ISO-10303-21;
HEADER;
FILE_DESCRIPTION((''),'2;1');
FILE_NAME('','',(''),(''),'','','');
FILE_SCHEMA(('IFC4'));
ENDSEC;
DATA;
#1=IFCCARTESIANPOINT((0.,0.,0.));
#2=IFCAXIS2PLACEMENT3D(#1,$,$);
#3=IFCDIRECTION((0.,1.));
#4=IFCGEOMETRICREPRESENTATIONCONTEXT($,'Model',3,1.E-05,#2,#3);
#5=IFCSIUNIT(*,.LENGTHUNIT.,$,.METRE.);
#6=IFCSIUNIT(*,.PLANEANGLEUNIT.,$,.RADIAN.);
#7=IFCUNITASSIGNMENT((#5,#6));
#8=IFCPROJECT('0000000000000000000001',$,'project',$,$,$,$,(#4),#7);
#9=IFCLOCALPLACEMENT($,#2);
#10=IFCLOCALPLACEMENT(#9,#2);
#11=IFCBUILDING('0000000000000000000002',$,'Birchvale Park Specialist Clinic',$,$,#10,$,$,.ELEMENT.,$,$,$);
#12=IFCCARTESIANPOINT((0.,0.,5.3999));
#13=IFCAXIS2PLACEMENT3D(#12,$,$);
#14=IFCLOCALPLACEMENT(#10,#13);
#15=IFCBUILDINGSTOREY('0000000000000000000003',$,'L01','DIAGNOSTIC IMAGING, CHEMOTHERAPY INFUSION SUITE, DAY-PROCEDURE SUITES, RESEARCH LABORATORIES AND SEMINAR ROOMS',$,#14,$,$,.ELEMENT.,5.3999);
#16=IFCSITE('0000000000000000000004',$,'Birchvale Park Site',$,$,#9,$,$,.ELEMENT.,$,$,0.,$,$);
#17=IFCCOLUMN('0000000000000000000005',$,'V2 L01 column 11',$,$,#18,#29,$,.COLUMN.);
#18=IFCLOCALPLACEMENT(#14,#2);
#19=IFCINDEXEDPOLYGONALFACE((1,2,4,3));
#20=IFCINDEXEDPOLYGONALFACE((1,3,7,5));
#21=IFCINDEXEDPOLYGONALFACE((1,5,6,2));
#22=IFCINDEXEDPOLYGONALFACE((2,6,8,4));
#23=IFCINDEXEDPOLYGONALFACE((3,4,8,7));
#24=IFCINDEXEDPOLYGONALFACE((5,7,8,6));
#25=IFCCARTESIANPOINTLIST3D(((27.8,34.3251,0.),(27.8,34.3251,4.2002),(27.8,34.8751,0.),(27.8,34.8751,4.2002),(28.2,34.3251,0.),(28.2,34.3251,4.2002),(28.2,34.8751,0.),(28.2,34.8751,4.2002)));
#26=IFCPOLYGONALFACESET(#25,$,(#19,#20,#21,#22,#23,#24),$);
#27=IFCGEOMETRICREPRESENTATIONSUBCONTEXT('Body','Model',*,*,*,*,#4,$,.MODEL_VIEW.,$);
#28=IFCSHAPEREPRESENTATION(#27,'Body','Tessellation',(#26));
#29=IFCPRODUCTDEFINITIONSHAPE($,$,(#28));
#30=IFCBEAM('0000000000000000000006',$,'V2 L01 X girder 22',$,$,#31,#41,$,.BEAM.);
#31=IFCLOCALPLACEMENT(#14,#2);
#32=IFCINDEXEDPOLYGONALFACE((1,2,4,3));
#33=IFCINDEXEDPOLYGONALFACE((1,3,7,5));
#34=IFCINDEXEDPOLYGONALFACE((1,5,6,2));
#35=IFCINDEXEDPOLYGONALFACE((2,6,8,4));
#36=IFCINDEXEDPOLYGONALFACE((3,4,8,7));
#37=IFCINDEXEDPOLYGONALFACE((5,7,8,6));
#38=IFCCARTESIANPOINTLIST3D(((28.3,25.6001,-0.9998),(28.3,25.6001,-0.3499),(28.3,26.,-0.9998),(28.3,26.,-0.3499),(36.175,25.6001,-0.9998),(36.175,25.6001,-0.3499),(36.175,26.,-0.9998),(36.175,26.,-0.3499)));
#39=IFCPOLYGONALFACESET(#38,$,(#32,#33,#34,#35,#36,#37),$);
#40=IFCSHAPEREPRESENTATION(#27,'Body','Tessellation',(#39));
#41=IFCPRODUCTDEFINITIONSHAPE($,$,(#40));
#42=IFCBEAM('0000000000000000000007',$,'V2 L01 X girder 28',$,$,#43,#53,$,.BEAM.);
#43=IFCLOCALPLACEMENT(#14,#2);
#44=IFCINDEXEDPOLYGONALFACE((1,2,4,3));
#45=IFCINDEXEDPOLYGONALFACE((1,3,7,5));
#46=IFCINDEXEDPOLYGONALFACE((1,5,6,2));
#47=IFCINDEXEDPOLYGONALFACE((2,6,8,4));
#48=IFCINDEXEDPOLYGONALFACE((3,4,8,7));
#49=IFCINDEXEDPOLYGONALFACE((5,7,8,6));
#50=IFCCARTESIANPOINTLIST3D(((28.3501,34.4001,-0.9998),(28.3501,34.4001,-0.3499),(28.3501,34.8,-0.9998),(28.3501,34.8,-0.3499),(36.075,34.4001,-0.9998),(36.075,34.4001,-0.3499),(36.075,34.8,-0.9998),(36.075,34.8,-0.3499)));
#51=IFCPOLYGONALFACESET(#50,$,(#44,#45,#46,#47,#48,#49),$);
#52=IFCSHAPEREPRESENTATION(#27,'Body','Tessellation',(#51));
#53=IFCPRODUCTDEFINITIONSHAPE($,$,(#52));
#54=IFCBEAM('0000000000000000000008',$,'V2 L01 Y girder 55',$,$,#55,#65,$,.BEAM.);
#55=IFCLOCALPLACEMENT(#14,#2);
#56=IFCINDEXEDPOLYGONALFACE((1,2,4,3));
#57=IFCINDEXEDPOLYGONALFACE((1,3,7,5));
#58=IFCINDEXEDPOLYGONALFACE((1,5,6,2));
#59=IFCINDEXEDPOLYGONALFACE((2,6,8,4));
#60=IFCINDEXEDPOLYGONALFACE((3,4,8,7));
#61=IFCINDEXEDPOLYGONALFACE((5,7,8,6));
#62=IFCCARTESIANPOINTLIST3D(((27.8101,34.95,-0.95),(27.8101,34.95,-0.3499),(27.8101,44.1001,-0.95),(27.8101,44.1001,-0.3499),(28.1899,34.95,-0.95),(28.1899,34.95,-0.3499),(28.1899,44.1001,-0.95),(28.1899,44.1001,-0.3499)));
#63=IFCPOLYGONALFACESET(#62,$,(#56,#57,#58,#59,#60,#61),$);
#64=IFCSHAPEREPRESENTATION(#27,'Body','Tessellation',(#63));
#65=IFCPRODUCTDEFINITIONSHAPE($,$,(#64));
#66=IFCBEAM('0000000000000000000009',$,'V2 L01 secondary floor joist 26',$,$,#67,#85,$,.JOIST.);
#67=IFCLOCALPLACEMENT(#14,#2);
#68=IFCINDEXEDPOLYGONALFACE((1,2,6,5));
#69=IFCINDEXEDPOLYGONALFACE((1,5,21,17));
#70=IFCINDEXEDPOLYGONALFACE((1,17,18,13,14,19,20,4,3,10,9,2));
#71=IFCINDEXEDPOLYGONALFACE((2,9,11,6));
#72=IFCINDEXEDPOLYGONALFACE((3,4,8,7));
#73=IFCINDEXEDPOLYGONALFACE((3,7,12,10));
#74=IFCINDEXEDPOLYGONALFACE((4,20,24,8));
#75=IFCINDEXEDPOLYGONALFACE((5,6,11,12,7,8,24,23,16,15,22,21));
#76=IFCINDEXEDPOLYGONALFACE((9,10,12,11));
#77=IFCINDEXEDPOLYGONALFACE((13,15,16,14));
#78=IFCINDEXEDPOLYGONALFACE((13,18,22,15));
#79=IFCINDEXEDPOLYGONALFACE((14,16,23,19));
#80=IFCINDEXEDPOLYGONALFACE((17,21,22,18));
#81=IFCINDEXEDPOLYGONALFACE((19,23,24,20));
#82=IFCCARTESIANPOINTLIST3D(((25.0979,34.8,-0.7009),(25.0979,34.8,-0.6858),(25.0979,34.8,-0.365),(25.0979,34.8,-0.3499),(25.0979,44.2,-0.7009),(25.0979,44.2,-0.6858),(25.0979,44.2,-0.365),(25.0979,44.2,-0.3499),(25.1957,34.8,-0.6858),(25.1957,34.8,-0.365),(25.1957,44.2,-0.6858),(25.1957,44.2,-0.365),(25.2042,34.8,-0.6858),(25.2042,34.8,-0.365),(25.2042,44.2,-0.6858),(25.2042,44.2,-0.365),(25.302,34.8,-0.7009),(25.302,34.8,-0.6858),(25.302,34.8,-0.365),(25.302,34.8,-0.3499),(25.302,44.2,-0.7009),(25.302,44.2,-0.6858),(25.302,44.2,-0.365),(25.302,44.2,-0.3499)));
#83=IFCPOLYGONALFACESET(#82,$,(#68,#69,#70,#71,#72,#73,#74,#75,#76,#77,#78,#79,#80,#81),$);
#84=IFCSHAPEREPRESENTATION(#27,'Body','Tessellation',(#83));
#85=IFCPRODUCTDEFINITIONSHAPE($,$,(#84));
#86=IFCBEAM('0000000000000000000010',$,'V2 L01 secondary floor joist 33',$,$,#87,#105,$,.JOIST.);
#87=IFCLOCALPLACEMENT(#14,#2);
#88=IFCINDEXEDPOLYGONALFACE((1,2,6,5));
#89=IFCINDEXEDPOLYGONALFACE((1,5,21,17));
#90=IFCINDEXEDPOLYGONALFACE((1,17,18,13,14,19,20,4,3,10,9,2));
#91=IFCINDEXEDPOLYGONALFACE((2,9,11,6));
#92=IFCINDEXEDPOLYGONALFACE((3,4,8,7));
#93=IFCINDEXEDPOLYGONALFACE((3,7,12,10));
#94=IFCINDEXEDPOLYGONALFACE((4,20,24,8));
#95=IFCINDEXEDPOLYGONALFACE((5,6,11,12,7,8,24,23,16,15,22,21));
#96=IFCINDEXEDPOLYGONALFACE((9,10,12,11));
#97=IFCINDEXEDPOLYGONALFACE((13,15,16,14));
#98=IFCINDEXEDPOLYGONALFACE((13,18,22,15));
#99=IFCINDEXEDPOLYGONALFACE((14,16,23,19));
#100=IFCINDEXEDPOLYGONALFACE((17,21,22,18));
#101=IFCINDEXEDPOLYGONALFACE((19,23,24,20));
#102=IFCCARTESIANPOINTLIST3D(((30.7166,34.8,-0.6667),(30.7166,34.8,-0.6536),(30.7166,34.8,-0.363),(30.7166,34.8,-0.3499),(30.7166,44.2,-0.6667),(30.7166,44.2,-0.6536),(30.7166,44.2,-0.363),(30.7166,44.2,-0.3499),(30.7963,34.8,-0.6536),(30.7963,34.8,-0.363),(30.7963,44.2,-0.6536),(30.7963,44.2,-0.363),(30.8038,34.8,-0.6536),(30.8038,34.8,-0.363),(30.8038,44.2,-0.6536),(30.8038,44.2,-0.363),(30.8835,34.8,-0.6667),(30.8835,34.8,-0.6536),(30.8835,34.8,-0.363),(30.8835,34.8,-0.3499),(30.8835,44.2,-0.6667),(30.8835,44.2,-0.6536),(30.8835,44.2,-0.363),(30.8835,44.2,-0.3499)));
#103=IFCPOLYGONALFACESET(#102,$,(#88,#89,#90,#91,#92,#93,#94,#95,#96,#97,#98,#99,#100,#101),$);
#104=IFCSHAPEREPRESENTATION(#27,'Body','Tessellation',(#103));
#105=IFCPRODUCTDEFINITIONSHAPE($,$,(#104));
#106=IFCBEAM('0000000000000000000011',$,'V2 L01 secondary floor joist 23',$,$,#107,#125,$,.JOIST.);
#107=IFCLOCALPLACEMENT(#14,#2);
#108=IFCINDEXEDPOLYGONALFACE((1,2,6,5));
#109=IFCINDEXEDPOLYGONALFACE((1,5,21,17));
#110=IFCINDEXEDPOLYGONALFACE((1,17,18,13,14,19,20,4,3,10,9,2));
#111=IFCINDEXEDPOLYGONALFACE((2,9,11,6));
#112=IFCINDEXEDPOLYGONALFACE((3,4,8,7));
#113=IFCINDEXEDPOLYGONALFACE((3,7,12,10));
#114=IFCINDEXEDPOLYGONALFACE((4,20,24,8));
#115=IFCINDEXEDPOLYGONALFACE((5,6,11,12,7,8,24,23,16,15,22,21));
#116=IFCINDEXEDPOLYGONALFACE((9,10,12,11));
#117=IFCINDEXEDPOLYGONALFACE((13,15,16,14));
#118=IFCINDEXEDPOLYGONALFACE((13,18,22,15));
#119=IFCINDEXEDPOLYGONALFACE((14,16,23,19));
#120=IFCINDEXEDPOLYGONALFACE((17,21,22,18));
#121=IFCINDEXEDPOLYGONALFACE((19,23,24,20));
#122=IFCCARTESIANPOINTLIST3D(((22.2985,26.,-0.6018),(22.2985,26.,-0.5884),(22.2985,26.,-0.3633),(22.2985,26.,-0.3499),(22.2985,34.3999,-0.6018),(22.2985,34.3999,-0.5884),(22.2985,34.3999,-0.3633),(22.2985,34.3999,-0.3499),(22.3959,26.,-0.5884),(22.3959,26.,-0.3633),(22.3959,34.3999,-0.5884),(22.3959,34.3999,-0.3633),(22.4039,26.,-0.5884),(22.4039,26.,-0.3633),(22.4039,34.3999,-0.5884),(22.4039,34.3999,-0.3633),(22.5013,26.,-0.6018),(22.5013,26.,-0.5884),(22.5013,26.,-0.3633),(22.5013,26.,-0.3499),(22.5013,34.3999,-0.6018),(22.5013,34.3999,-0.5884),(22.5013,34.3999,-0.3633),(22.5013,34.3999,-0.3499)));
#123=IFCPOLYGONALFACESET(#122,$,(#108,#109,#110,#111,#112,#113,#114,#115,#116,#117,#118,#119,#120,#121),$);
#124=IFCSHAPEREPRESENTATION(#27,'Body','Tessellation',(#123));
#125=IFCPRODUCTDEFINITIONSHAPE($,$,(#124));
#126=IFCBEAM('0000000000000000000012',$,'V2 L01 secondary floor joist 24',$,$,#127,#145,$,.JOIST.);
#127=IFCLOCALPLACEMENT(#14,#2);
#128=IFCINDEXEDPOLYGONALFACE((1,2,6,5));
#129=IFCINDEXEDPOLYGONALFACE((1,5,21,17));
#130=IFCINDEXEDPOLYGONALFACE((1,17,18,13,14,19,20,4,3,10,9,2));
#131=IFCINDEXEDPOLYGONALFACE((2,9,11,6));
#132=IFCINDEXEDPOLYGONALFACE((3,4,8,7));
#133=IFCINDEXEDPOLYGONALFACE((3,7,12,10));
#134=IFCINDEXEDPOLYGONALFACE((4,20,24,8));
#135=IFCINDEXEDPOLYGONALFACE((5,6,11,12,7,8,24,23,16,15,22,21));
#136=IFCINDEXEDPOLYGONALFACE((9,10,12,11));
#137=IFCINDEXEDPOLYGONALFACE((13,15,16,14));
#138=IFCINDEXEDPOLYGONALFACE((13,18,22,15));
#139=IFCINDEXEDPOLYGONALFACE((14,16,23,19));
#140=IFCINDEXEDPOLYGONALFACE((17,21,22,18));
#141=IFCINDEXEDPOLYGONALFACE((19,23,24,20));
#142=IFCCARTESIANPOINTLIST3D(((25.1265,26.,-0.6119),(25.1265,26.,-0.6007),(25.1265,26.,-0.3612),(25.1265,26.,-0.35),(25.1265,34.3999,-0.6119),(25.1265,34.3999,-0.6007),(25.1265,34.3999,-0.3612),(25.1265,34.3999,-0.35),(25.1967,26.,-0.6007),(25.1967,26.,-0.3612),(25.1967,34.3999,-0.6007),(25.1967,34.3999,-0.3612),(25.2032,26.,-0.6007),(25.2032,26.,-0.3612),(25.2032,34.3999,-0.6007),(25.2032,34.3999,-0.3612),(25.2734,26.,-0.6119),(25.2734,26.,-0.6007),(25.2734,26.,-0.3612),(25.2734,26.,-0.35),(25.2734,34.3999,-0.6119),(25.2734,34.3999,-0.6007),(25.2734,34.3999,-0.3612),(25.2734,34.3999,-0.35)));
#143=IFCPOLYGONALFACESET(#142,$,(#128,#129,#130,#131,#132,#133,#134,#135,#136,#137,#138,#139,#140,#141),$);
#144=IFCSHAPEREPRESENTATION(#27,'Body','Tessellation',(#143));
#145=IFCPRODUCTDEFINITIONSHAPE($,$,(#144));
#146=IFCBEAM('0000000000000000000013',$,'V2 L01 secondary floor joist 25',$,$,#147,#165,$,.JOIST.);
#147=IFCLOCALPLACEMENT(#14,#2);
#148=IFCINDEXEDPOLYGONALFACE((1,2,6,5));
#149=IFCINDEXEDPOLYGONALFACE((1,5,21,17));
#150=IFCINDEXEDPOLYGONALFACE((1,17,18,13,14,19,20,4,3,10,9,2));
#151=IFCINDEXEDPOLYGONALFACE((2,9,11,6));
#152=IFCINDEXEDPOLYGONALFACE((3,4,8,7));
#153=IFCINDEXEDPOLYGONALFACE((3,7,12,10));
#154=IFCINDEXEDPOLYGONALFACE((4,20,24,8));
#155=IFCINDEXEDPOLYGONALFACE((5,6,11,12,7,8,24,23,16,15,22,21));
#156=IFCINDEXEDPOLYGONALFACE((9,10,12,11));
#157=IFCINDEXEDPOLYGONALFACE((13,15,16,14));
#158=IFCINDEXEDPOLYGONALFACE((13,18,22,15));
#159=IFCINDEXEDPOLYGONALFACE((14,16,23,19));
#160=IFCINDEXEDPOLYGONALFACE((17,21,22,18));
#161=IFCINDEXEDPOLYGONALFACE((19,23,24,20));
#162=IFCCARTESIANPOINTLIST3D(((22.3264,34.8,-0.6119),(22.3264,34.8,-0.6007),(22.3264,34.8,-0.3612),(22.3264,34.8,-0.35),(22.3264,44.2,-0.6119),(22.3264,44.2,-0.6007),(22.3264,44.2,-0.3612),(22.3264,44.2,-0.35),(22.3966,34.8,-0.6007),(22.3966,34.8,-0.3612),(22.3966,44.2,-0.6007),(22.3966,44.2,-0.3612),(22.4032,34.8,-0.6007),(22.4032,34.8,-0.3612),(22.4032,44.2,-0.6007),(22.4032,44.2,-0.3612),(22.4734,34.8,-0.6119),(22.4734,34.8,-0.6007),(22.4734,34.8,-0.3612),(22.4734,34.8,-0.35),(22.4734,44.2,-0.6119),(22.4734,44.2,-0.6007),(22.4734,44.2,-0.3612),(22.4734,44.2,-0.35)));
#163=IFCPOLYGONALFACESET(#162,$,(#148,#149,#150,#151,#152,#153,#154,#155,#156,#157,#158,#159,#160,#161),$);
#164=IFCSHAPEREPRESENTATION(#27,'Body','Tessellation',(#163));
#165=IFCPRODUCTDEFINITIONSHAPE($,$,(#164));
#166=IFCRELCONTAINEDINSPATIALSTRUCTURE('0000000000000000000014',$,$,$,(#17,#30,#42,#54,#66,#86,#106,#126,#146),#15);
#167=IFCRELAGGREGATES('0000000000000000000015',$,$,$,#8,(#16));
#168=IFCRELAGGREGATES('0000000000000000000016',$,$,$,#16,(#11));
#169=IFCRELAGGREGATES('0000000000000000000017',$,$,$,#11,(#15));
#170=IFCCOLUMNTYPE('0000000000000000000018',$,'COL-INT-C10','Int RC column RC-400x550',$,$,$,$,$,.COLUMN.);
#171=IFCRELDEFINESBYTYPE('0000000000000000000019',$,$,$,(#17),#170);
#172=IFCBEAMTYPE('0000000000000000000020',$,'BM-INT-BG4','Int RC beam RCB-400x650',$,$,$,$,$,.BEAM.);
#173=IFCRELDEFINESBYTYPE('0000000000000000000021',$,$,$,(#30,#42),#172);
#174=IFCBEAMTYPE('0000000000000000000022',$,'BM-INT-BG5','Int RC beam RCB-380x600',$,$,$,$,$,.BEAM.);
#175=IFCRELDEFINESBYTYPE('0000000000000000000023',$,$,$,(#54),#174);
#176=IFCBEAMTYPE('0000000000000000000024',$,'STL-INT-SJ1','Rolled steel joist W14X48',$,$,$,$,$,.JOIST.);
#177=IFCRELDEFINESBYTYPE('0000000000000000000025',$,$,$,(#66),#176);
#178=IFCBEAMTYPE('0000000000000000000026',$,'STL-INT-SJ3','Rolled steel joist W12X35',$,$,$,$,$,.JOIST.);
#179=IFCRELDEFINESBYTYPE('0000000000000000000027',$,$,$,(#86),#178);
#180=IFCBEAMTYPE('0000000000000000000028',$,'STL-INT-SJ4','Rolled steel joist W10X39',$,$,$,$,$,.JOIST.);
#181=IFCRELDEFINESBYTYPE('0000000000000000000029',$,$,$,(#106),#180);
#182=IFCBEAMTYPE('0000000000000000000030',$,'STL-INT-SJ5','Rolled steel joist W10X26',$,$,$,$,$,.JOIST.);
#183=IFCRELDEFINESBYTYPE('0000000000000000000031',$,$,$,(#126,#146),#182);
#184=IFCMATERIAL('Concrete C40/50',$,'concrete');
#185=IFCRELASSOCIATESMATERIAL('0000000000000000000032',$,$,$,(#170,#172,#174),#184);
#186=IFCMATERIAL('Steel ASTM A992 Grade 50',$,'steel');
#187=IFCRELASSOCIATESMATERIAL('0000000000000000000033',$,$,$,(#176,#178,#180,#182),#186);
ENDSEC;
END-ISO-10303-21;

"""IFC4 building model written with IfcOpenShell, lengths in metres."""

from ifc_helpers import new_model, si_unit, direction, frame, origin, origin_2d, place, context, subcontext, project, spatial, rectangle, i_section, extrude, material, material_profile, profile_set, type_object, element, save


model = new_model("IFC4")

# Units and contexts
model_context = context("Model", 3, precision=1e-05, world=origin(), true_north=direction((0.0, 1.0)))
body_context = subcontext(model_context, "Body", "Model", "MODEL_VIEW")
ifc_project = project(units=[si_unit("LENGTHUNIT", "METRE"), si_unit("PLANEANGLEUNIT", "RADIAN")], contexts=[model_context])

# Site, building, storey
site_placement = place(None, origin())
site = spatial("IfcSite", under=ifc_project, at=site_placement, Name="Birchvale Park Site", CompositionType="ELEMENT", RefElevation=0.0)
building_placement = place(site_placement, origin())
building = spatial("IfcBuilding", under=site, at=building_placement, Name="Birchvale Park Specialist Clinic", CompositionType="ELEMENT")
storey_placement = place(building_placement, frame((0.0, 0.0, 5.3999)))
storey = spatial("IfcBuildingStorey", under=building, at=storey_placement, Name="L01", Description="DIAGNOSTIC IMAGING, CHEMOTHERAPY INFUSION SUITE, DAY-PROCEDURE SUITES, RESEARCH LABORATORIES AND SEMINAR ROOMS", CompositionType="ELEMENT", Elevation=5.3999)

# Column
ifc_material_1 = material(Name="Concrete C40/50", Category="concrete")
ifc_material_profile_1 = material_profile(ifc_material_1, rectangle(XDim=0.3999, YDim=0.55, at=origin_2d()), Name="RC-400x550")
ifc_profile_set_1 = profile_set([ifc_material_profile_1], Name="Concrete C40/50")
column_type = type_object("IfcColumnType", Name="COL-INT-C10", Description="Int RC column RC-400x550", PredefinedType="COLUMN", material=ifc_profile_set_1)
column_placement = place(storey_placement, frame((28.0, 34.6001, 0.0), z_axis=(0.0, 0.0, 1.0), x_axis=(1.0, 0.0, 0.0)))
element("IfcColumn", 1, at=column_placement, inside=storey, type_object=column_type, Name="V2 L01 column 11", PredefinedType="COLUMN", context=body_context, shape_type="SweptSolid", body=[
    extrude(rectangle(XDim=0.3999, YDim=0.55, at=origin_2d()), origin(), (0.0, 0.0, 1.0), 4.2002),
])

# Beams
ifc_material_profile_2 = material_profile(ifc_material_1, rectangle(XDim=0.3999, YDim=0.6499, at=origin_2d()), Name="RCB-400x650")
ifc_profile_set_2 = profile_set([ifc_material_profile_2], Name="Concrete C40/50")
beam_type_1 = type_object("IfcBeamType", Name="BM-INT-BG4", Description="Int RC beam RCB-400x650", PredefinedType="BEAM", material=ifc_profile_set_2)
beam_1_placement = place(storey_placement, frame((28.3, 25.8, -0.6748), z_axis=(1.0, 0.0, 0.0), x_axis=(0.0, 1.0, 0.0)))
element("IfcBeam", 2, at=beam_1_placement, inside=storey, type_object=beam_type_1, Name="V2 L01 X girder 22", PredefinedType="BEAM", context=body_context, shape_type="SweptSolid", body=[
    extrude(rectangle(XDim=0.3999, YDim=0.6499, at=origin_2d()), origin(), (0.0, 0.0, 1.0), 7.875),
])
beam_2_placement = place(storey_placement, frame((28.3501, 34.6001, -0.6748), z_axis=(1.0, 0.0, 0.0), x_axis=(0.0, 1.0, 0.0)))
element("IfcBeam", 3, at=beam_2_placement, inside=storey, type_object=beam_type_1, Name="V2 L01 X girder 28", PredefinedType="BEAM", context=body_context, shape_type="SweptSolid", body=[
    extrude(rectangle(XDim=0.3999, YDim=0.6499, at=origin_2d()), origin(), (0.0, 0.0, 1.0), 7.7249),
])
ifc_material_profile_3 = material_profile(ifc_material_1, rectangle(XDim=0.3799, YDim=0.6001, at=origin_2d()), Name="RCB-380x600")
ifc_profile_set_3 = profile_set([ifc_material_profile_3], Name="Concrete C40/50")
beam_type_2 = type_object("IfcBeamType", Name="BM-INT-BG5", Description="Int RC beam RCB-380x600", PredefinedType="BEAM", material=ifc_profile_set_3)
beam_3_placement = place(storey_placement, frame((28.0, 34.95, -0.6499), z_axis=(0.0, 1.0, 0.0), x_axis=(-1.0, 0.0, 0.0)))
element("IfcBeam", 4, at=beam_3_placement, inside=storey, type_object=beam_type_2, Name="V2 L01 Y girder 55", PredefinedType="BEAM", context=body_context, shape_type="SweptSolid", body=[
    extrude(rectangle(XDim=0.3799, YDim=0.6001, at=origin_2d()), origin(), (0.0, 0.0, 1.0), 9.1501),
])
ifc_material_2 = material(Name="Steel ASTM A992 Grade 50", Category="steel")
ifc_material_profile_4 = material_profile(ifc_material_2, i_section(OverallWidth=0.2041, OverallDepth=0.3511, WebThickness=0.0085, FlangeThickness=0.0151, at=origin_2d()), Name="W14X48")
ifc_profile_set_4 = profile_set([ifc_material_profile_4], Name="Steel ASTM A992 Grade 50")
beam_type_3 = type_object("IfcBeamType", Name="STL-INT-SJ1", Description="Rolled steel joist W14X48", PredefinedType="JOIST", material=ifc_profile_set_4)
beam_4_placement = place(storey_placement, frame((25.2, 34.8, -0.5254), z_axis=(0.0, 1.0, 0.0), x_axis=(-1.0, 0.0, 0.0)))
element("IfcBeam", 5, at=beam_4_placement, inside=storey, type_object=beam_type_3, Name="V2 L01 secondary floor joist 26", PredefinedType="JOIST", context=body_context, shape_type="SweptSolid", body=[
    extrude(i_section(OverallWidth=0.2041, OverallDepth=0.3511, WebThickness=0.0085, FlangeThickness=0.0151, at=origin_2d()), origin(), (0.0, 0.0, 1.0), 9.3999),
])
ifc_material_profile_5 = material_profile(ifc_material_2, i_section(OverallWidth=0.167, OverallDepth=0.3169, WebThickness=0.0076, FlangeThickness=0.0132, at=origin_2d()), Name="W12X35")
ifc_profile_set_5 = profile_set([ifc_material_profile_5], Name="Steel ASTM A992 Grade 50")
beam_type_4 = type_object("IfcBeamType", Name="STL-INT-SJ3", Description="Rolled steel joist W12X35", PredefinedType="JOIST", material=ifc_profile_set_5)
beam_5_placement = place(storey_placement, frame((30.8, 34.8, -0.5083), z_axis=(0.0, 1.0, 0.0), x_axis=(-1.0, 0.0, 0.0)))
element("IfcBeam", 6, at=beam_5_placement, inside=storey, type_object=beam_type_4, Name="V2 L01 secondary floor joist 33", PredefinedType="JOIST", context=body_context, shape_type="SweptSolid", body=[
    extrude(i_section(OverallWidth=0.167, OverallDepth=0.3169, WebThickness=0.0076, FlangeThickness=0.0132, at=origin_2d()), origin(), (0.0, 0.0, 1.0), 9.3999),
])
ifc_material_profile_6 = material_profile(ifc_material_2, i_section(OverallWidth=0.2029, OverallDepth=0.252, WebThickness=0.0081, FlangeThickness=0.0134, at=origin_2d()), Name="W10X39")
ifc_profile_set_6 = profile_set([ifc_material_profile_6], Name="Steel ASTM A992 Grade 50")
beam_type_5 = type_object("IfcBeamType", Name="STL-INT-SJ4", Description="Rolled steel joist W10X39", PredefinedType="JOIST", material=ifc_profile_set_6)
beam_6_placement = place(storey_placement, frame((22.3999, 26.0, -0.4758), z_axis=(0.0, 1.0, 0.0), x_axis=(-1.0, 0.0, 0.0)))
element("IfcBeam", 7, at=beam_6_placement, inside=storey, type_object=beam_type_5, Name="V2 L01 secondary floor joist 23", PredefinedType="JOIST", context=body_context, shape_type="SweptSolid", body=[
    extrude(i_section(OverallWidth=0.2029, OverallDepth=0.252, WebThickness=0.0081, FlangeThickness=0.0134, at=origin_2d()), origin(), (0.0, 0.0, 1.0), 8.3999),
])
ifc_material_profile_7 = material_profile(ifc_material_2, i_section(OverallWidth=0.147, OverallDepth=0.262, WebThickness=0.0066, FlangeThickness=0.0112, at=origin_2d()), Name="W10X26")
ifc_profile_set_7 = profile_set([ifc_material_profile_7], Name="Steel ASTM A992 Grade 50")
beam_type_6 = type_object("IfcBeamType", Name="STL-INT-SJ5", Description="Rolled steel joist W10X26", PredefinedType="JOIST", material=ifc_profile_set_7)
beam_7_placement = place(storey_placement, frame((25.2, 26.0, -0.481), z_axis=(0.0, 1.0, 0.0), x_axis=(-1.0, 0.0, 0.0)))
element("IfcBeam", 8, at=beam_7_placement, inside=storey, type_object=beam_type_6, Name="V2 L01 secondary floor joist 24", PredefinedType="JOIST", context=body_context, shape_type="SweptSolid", body=[
    extrude(i_section(OverallWidth=0.147, OverallDepth=0.262, WebThickness=0.0066, FlangeThickness=0.0112, at=origin_2d()), origin(), (0.0, 0.0, 1.0), 8.3999),
])
beam_8_placement = place(storey_placement, frame((22.3999, 34.8, -0.481), z_axis=(0.0, 1.0, 0.0), x_axis=(-1.0, 0.0, 0.0)))
element("IfcBeam", 9, at=beam_8_placement, inside=storey, type_object=beam_type_6, Name="V2 L01 secondary floor joist 25", PredefinedType="JOIST", context=body_context, shape_type="SweptSolid", body=[
    extrude(i_section(OverallWidth=0.147, OverallDepth=0.262, WebThickness=0.0066, FlangeThickness=0.0112, at=origin_2d()), origin(), (0.0, 0.0, 1.0), 9.3999),
])

save(model, "model.ifc")
